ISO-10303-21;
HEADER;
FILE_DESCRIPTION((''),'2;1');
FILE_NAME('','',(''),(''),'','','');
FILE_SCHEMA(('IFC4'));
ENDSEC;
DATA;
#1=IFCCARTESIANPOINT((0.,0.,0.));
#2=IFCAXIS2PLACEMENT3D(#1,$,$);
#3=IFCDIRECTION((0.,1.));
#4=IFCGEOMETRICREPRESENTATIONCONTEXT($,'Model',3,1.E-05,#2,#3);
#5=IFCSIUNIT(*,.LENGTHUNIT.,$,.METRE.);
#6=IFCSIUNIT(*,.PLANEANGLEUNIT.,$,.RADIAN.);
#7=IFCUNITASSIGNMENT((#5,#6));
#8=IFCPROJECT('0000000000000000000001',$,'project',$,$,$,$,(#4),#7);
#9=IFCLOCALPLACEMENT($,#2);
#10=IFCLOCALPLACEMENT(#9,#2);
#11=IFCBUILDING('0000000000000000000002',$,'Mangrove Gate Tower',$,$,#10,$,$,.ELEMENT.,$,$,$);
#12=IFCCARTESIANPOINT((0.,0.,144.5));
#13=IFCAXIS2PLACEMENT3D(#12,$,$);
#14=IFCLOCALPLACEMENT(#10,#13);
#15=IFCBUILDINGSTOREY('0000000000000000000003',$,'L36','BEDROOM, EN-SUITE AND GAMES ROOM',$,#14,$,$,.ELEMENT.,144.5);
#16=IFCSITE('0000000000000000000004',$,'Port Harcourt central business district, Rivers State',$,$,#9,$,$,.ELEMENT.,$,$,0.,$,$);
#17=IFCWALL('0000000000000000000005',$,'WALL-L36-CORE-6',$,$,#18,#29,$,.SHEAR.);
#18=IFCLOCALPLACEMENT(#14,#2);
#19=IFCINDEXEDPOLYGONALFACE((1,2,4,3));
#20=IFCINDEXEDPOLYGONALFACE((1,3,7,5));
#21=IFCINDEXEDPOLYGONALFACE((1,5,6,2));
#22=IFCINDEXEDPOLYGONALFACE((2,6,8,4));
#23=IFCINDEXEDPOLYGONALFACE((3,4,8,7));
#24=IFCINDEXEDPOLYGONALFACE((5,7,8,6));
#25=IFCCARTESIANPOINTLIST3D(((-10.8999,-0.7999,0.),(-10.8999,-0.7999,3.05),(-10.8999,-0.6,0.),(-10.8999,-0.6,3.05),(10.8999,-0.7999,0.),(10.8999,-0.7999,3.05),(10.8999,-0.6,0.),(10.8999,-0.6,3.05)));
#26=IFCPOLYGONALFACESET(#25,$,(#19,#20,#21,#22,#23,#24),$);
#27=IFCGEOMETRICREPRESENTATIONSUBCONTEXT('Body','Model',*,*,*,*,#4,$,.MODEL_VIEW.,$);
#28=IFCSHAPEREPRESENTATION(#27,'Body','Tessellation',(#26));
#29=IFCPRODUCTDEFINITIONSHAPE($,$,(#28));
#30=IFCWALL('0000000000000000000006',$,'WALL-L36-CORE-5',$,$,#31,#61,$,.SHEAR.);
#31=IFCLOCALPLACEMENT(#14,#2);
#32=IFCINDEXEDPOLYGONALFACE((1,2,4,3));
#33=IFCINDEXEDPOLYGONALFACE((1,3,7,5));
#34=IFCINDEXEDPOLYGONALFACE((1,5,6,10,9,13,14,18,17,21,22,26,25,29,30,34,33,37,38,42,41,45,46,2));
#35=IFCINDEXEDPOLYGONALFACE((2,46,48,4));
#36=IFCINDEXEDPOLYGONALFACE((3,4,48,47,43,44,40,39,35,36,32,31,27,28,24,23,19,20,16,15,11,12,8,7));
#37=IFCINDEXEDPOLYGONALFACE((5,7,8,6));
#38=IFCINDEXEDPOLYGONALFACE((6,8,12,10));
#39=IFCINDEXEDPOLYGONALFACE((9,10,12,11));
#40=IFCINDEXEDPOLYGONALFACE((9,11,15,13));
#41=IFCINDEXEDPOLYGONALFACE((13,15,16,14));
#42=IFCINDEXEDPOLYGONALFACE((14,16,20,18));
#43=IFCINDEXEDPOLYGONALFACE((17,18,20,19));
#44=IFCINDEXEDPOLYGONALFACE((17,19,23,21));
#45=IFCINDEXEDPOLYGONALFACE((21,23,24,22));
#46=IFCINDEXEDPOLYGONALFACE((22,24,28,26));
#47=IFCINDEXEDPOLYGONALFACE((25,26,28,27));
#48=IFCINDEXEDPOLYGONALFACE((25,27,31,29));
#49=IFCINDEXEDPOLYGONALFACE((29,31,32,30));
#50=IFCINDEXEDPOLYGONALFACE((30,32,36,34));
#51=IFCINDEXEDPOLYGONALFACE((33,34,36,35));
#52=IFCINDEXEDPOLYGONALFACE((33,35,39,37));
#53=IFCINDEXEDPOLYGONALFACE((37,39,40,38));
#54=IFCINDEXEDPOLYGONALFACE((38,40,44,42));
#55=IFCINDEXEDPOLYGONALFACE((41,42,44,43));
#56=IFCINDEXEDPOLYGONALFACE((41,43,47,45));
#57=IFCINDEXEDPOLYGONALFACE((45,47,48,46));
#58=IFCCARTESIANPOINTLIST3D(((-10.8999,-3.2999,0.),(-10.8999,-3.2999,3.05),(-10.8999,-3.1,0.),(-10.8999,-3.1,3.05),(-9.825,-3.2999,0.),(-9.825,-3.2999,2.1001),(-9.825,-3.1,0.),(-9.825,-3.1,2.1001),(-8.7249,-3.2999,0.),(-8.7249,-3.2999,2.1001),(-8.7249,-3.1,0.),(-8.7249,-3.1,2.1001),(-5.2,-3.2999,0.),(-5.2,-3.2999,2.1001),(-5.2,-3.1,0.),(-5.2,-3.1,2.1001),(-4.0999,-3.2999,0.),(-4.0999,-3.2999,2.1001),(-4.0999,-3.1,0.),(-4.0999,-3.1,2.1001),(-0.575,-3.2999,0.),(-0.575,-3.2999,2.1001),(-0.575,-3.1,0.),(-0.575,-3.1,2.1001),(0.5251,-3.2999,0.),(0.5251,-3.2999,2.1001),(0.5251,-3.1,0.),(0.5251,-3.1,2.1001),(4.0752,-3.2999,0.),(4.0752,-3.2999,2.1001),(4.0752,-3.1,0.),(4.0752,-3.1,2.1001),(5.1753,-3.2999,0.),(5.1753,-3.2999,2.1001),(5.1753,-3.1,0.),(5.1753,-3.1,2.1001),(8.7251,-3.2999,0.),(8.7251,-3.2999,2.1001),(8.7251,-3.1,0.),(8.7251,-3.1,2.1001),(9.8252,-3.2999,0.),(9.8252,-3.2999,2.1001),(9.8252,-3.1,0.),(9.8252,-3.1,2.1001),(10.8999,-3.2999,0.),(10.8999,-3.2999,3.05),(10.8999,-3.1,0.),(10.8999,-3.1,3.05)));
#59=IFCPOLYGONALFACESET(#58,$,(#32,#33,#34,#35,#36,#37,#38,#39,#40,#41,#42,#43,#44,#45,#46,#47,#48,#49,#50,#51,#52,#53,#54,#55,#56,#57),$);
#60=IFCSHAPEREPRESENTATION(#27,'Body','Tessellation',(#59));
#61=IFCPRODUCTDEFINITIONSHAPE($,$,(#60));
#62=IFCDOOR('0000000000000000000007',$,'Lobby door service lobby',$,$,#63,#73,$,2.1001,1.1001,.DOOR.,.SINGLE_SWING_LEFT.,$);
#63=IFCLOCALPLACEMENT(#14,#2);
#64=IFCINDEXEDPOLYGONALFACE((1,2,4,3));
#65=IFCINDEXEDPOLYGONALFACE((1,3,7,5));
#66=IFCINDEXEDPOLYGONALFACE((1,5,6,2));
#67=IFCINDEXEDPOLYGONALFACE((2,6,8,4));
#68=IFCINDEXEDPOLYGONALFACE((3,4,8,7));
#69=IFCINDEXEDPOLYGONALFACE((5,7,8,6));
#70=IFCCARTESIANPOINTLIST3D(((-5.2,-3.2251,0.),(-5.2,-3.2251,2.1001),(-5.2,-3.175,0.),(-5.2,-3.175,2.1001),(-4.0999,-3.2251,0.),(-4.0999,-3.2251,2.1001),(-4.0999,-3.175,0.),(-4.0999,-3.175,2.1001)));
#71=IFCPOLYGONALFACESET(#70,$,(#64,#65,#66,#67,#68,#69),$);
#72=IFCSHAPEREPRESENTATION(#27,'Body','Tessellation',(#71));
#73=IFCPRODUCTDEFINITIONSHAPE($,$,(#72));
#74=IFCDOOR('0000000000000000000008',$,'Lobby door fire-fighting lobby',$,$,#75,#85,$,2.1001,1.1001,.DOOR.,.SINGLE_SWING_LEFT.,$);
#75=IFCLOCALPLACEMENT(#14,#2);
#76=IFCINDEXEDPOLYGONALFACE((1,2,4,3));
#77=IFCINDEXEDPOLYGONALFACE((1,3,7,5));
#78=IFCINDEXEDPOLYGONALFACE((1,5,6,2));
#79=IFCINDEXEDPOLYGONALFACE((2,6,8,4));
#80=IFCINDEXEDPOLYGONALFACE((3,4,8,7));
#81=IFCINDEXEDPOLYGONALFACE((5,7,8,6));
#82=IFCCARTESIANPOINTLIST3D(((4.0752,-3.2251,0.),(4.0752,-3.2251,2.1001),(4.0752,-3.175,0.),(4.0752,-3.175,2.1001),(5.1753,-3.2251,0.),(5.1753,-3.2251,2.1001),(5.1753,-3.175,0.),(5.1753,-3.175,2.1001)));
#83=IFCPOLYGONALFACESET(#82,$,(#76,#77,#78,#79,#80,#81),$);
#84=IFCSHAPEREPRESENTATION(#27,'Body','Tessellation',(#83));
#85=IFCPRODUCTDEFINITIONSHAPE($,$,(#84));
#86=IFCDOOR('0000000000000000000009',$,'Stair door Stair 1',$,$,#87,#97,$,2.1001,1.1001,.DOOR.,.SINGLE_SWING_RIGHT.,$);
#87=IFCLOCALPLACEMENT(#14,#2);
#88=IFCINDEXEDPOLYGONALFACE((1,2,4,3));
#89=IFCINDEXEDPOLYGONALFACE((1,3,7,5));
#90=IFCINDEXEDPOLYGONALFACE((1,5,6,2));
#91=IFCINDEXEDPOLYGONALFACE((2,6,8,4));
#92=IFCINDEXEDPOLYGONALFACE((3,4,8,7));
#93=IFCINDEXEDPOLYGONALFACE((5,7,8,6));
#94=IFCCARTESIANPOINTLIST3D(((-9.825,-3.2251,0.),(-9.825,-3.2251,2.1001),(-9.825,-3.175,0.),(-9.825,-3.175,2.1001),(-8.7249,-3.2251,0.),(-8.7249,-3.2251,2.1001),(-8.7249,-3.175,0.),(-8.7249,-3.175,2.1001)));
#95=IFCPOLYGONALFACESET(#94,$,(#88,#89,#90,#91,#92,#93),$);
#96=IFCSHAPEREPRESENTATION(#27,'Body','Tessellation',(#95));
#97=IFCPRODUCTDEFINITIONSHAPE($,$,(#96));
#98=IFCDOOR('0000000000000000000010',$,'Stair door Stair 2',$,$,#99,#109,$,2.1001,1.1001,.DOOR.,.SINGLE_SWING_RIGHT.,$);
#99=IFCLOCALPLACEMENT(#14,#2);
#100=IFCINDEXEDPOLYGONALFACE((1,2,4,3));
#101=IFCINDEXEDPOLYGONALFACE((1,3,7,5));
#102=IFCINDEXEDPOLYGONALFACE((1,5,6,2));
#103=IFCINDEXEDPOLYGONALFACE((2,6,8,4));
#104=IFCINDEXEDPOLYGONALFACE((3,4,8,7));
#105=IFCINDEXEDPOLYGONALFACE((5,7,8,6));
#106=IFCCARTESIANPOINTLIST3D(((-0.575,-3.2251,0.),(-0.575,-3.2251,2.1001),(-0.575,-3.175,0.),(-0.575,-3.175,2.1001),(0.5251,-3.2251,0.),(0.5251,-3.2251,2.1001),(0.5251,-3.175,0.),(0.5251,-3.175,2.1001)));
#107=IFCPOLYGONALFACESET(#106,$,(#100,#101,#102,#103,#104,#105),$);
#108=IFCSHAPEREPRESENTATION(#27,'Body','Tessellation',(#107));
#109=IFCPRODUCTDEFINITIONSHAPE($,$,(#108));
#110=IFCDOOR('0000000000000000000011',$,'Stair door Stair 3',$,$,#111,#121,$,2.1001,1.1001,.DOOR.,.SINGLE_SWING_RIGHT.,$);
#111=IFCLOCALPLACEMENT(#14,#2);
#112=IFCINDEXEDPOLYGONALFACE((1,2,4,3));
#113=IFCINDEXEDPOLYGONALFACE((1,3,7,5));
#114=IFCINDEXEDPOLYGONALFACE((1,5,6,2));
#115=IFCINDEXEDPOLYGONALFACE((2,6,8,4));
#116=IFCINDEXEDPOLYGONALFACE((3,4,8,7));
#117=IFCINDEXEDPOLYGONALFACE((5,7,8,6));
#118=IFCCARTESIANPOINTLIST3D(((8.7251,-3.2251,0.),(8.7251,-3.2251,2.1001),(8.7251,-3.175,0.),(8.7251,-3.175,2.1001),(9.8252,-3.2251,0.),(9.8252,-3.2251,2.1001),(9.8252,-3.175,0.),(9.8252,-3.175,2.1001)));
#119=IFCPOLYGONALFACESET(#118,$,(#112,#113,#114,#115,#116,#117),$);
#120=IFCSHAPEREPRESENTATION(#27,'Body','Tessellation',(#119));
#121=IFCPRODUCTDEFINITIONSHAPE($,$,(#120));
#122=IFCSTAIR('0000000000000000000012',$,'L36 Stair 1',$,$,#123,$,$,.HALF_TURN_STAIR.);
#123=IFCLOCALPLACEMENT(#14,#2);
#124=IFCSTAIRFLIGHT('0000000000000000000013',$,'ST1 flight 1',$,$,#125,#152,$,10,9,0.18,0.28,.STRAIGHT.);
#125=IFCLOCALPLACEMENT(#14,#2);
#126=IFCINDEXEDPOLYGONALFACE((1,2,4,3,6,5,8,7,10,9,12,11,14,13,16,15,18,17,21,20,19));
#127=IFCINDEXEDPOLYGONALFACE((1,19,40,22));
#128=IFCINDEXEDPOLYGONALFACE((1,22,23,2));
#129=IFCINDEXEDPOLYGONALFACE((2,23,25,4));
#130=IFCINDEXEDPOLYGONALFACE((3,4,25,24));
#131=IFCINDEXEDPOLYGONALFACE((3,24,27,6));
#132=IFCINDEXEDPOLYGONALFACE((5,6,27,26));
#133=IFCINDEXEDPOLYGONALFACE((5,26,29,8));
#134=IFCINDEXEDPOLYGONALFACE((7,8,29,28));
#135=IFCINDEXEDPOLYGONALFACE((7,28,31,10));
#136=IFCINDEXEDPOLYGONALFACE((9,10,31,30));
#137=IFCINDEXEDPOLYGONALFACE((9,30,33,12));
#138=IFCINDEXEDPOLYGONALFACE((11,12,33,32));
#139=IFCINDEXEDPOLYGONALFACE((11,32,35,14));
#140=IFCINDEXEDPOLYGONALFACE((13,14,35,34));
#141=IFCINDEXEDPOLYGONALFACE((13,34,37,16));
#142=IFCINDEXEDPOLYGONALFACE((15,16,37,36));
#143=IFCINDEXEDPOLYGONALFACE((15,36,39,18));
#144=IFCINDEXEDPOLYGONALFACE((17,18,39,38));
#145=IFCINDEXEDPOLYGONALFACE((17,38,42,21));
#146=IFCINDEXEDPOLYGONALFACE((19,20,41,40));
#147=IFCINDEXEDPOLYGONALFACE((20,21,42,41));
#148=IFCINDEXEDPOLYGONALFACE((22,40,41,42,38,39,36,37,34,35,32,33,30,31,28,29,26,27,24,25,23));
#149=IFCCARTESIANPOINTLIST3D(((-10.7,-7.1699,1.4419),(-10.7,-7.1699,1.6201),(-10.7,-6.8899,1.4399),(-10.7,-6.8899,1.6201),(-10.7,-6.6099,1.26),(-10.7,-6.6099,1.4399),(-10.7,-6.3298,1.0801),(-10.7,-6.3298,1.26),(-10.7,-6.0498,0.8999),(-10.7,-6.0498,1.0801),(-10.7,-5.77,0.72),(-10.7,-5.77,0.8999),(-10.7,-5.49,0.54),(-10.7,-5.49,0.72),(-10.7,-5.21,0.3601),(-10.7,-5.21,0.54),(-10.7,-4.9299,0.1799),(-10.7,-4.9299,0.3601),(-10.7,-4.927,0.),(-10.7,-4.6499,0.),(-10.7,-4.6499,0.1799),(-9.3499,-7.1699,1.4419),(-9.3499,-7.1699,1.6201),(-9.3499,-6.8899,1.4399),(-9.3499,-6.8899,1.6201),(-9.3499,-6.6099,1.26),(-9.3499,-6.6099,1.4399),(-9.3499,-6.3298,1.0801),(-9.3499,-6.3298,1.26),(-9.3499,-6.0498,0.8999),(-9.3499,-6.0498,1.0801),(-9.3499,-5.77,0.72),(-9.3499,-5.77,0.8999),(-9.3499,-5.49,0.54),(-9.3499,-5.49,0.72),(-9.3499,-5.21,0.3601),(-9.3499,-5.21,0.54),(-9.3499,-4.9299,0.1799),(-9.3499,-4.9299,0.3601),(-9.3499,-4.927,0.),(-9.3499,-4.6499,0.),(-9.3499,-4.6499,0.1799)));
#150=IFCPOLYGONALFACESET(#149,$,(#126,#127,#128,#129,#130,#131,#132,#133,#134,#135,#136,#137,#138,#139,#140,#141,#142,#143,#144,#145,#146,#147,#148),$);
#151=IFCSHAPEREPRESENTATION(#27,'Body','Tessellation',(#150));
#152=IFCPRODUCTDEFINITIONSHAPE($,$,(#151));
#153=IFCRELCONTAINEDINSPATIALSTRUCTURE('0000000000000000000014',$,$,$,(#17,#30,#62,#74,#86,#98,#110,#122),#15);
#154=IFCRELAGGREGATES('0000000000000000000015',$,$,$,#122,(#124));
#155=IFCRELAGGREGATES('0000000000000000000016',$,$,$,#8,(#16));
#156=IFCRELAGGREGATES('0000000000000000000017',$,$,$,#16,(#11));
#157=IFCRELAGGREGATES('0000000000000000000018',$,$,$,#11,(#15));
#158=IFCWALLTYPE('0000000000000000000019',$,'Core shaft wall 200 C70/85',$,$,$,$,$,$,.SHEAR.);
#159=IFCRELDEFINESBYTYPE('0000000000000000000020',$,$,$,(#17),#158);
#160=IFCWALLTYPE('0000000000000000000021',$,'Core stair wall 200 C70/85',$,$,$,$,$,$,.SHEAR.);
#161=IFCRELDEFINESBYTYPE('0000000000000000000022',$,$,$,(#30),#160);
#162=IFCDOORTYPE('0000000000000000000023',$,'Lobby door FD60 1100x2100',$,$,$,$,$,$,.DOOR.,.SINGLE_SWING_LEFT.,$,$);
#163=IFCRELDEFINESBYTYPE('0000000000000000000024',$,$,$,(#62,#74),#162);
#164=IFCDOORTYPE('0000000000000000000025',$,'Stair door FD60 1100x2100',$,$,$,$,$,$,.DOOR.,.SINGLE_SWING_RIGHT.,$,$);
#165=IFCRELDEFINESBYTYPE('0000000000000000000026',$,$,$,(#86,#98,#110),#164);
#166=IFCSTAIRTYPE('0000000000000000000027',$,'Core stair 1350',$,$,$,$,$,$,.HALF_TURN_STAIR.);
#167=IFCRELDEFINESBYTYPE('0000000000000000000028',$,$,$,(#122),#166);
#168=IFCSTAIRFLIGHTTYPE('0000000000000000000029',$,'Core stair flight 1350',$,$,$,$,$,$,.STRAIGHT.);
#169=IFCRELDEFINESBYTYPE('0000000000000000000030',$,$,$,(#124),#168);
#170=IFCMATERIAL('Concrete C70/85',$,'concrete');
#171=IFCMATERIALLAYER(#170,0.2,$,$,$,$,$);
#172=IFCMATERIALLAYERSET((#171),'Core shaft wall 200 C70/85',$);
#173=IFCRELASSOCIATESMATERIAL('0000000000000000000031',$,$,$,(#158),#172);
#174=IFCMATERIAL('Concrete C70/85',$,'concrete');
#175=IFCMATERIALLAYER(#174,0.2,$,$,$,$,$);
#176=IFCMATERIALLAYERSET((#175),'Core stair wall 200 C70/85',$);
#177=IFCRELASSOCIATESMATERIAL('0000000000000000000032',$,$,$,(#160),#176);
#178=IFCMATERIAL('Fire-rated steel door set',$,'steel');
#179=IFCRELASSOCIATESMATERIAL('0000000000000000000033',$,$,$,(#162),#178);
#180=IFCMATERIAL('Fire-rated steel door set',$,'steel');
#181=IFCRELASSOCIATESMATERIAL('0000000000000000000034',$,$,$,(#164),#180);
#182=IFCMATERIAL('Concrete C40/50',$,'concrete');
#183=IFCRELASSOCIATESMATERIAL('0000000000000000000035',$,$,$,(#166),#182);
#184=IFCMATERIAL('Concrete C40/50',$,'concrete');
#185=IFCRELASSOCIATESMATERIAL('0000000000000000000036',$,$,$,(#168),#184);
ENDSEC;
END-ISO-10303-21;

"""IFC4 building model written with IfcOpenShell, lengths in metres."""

from ifc_helpers import new_model, si_unit, direction, frame, frame_2d, origin, place, context, subcontext, project, spatial, polyline, rectangle, outline, extrude, material, layer, layer_set, type_object, element, fill, aggregate, save


model = new_model("IFC4")

# Units and contexts
model_context = context("Model", 3, precision=1e-05, world=origin(), true_north=direction((0.0, 1.0)))
body_context = subcontext(model_context, "Body", "Model", "MODEL_VIEW")
ifc_project = project(units=[si_unit("LENGTHUNIT", "METRE"), si_unit("PLANEANGLEUNIT", "RADIAN")], contexts=[model_context])

# Site, building, storey
site_placement = place(None, origin())
site = spatial("IfcSite", under=ifc_project, at=site_placement, Name="Port Harcourt central business district, Rivers State", CompositionType="ELEMENT", RefElevation=0.0)
building_placement = place(site_placement, origin())
building = spatial("IfcBuilding", under=site, at=building_placement, Name="Mangrove Gate Tower", CompositionType="ELEMENT")
storey_placement = place(building_placement, frame((0.0, 0.0, 144.5)))
storey = spatial("IfcBuildingStorey", under=building, at=storey_placement, Name="L36", Description="BEDROOM, EN-SUITE AND GAMES ROOM", CompositionType="ELEMENT", Elevation=144.5)

# Wall
ifc_material_1 = material(Name="Concrete C70/85", Category="concrete")
ifc_layer_1 = layer(ifc_material_1, 0.2)
ifc_layer_set_1 = layer_set([ifc_layer_1], Name="Core shaft wall 200 C70/85")
wall_type_1 = type_object("IfcWallType", Name="Core shaft wall 200 C70/85", PredefinedType="SHEAR", material=ifc_layer_set_1)
wall_1_placement = place(storey_placement, frame((-10.8999, -0.7, 0.0), z_axis=(0.0, 0.0, 1.0), x_axis=(1.0, 0.0, 0.0)))
element("IfcWall", 1, at=wall_1_placement, inside=storey, type_object=wall_type_1, Name="WALL-L36-CORE-6", PredefinedType="SHEAR", context=body_context, shape_type="SweptSolid", body=[
    extrude(rectangle(XDim=21.7998, YDim=0.2, at=frame_2d((10.8999, 0.0))), origin(), (0.0, 0.0, 1.0), 3.05),
])

# Wall, openings, doors
ifc_material_2 = material(Name="Concrete C70/85", Category="concrete")
ifc_layer_2 = layer(ifc_material_2, 0.2)
ifc_layer_set_2 = layer_set([ifc_layer_2], Name="Core stair wall 200 C70/85")
wall_type_2 = type_object("IfcWallType", Name="Core stair wall 200 C70/85", PredefinedType="SHEAR", material=ifc_layer_set_2)
wall_2_placement = place(storey_placement, frame((-10.8999, -3.2, 0.0), z_axis=(0.0, 0.0, 1.0), x_axis=(1.0, 0.0, 0.0)))
wall_2 = element("IfcWall", 2, at=wall_2_placement, inside=storey, type_object=wall_type_2, Name="WALL-L36-CORE-5", PredefinedType="SHEAR", context=body_context, shape_type="SweptSolid", body=[
    extrude(rectangle(XDim=21.7998, YDim=0.2, at=frame_2d((10.8999, 0.0))), origin(), (0.0, 0.0, 1.0), 3.05),
])
opening_1_placement = place(wall_2_placement, frame((1.075, 0.0, 0.0)))
opening_1 = element("IfcOpeningElement", 3, at=opening_1_placement, cuts=wall_2, PredefinedType="OPENING", context=body_context, shape_type="SweptSolid", body=[
    extrude(rectangle(XDim=1.1001, YDim=2.1001, at=frame_2d((0.55, 1.05))), frame((0.0, 0.1099, 0.0), z_axis=(0.0, -1.0, 0.0), x_axis=(1.0, 0.0, 0.0)), (0.0, 0.0, 1.0), 0.22),
])
opening_2_placement = place(wall_2_placement, frame((10.325, 0.0, 0.0)))
opening_2 = element("IfcOpeningElement", 4, at=opening_2_placement, cuts=wall_2, PredefinedType="OPENING", context=body_context, shape_type="SweptSolid", body=[
    extrude(rectangle(XDim=1.1001, YDim=2.1001, at=frame_2d((0.55, 1.05))), frame((0.0, 0.1099, 0.0), z_axis=(0.0, -1.0, 0.0), x_axis=(1.0, 0.0, 0.0)), (0.0, 0.0, 1.0), 0.22),
])
opening_3_placement = place(wall_2_placement, frame((19.625, 0.0, 0.0)))
opening_3 = element("IfcOpeningElement", 5, at=opening_3_placement, cuts=wall_2, PredefinedType="OPENING", context=body_context, shape_type="SweptSolid", body=[
    extrude(rectangle(XDim=1.1001, YDim=2.1001, at=frame_2d((0.55, 1.05))), frame((0.0, 0.1099, 0.0), z_axis=(0.0, -1.0, 0.0), x_axis=(1.0, 0.0, 0.0)), (0.0, 0.0, 1.0), 0.22),
])
opening_4_placement = place(wall_2_placement, frame((5.7, 0.0, 0.0)))
opening_4 = element("IfcOpeningElement", 6, at=opening_4_placement, cuts=wall_2, PredefinedType="OPENING", context=body_context, shape_type="SweptSolid", body=[
    extrude(rectangle(XDim=1.1001, YDim=2.1001, at=frame_2d((0.55, 1.05))), frame((0.0, 0.1099, 0.0), z_axis=(0.0, -1.0, 0.0), x_axis=(1.0, 0.0, 0.0)), (0.0, 0.0, 1.0), 0.22),
])
opening_5_placement = place(wall_2_placement, frame((14.9751, 0.0, 0.0)))
opening_5 = element("IfcOpeningElement", 7, at=opening_5_placement, cuts=wall_2, PredefinedType="OPENING", context=body_context, shape_type="SweptSolid", body=[
    extrude(rectangle(XDim=1.1001, YDim=2.1001, at=frame_2d((0.55, 1.05))), frame((0.0, 0.1099, 0.0), z_axis=(0.0, -1.0, 0.0), x_axis=(1.0, 0.0, 0.0)), (0.0, 0.0, 1.0), 0.22),
])
ifc_material_3 = material(Name="Fire-rated steel door set", Category="steel")
door_type_1 = type_object("IfcDoorType", Name="Lobby door FD60 1100x2100", OperationType="SINGLE_SWING_LEFT", PredefinedType="DOOR", material=ifc_material_3)
door_1_placement = place(opening_4_placement, origin())
door_1 = element("IfcDoor", 8, at=door_1_placement, inside=storey, type_object=door_type_1, Name="Lobby door service lobby", OperationType="SINGLE_SWING_LEFT", OverallHeight=2.1001, OverallWidth=1.1001, PredefinedType="DOOR", context=body_context, shape_type="SweptSolid", body=[
    extrude(rectangle(XDim=1.1001, YDim=2.1001, at=frame_2d((0.55, 1.05))), frame((0.0, 0.0249, 0.0), z_axis=(0.0, -1.0, 0.0), x_axis=(1.0, 0.0, 0.0)), (0.0, 0.0, 1.0), 0.05),
])
fill(opening_4, door_1)
door_2_placement = place(opening_5_placement, origin())
door_2 = element("IfcDoor", 9, at=door_2_placement, inside=storey, type_object=door_type_1, Name="Lobby door fire-fighting lobby", OperationType="SINGLE_SWING_LEFT", OverallHeight=2.1001, OverallWidth=1.1001, PredefinedType="DOOR", context=body_context, shape_type="SweptSolid", body=[
    extrude(rectangle(XDim=1.1001, YDim=2.1001, at=frame_2d((0.55, 1.05))), frame((0.0, 0.0249, 0.0), z_axis=(0.0, -1.0, 0.0), x_axis=(1.0, 0.0, 0.0)), (0.0, 0.0, 1.0), 0.05),
])
fill(opening_5, door_2)
ifc_material_4 = material(Name="Fire-rated steel door set", Category="steel")
door_type_2 = type_object("IfcDoorType", Name="Stair door FD60 1100x2100", OperationType="SINGLE_SWING_RIGHT", PredefinedType="DOOR", material=ifc_material_4)
door_3_placement = place(opening_1_placement, origin())
door_3 = element("IfcDoor", 10, at=door_3_placement, inside=storey, type_object=door_type_2, Name="Stair door Stair 1", OperationType="SINGLE_SWING_RIGHT", OverallHeight=2.1001, OverallWidth=1.1001, PredefinedType="DOOR", context=body_context, shape_type="SweptSolid", body=[
    extrude(rectangle(XDim=1.1001, YDim=2.1001, at=frame_2d((0.55, 1.05))), frame((0.0, 0.0249, 0.0), z_axis=(0.0, -1.0, 0.0), x_axis=(1.0, 0.0, 0.0)), (0.0, 0.0, 1.0), 0.05),
])
fill(opening_1, door_3)
door_4_placement = place(opening_2_placement, origin())
door_4 = element("IfcDoor", 11, at=door_4_placement, inside=storey, type_object=door_type_2, Name="Stair door Stair 2", OperationType="SINGLE_SWING_RIGHT", OverallHeight=2.1001, OverallWidth=1.1001, PredefinedType="DOOR", context=body_context, shape_type="SweptSolid", body=[
    extrude(rectangle(XDim=1.1001, YDim=2.1001, at=frame_2d((0.55, 1.05))), frame((0.0, 0.0249, 0.0), z_axis=(0.0, -1.0, 0.0), x_axis=(1.0, 0.0, 0.0)), (0.0, 0.0, 1.0), 0.05),
])
fill(opening_2, door_4)
door_5_placement = place(opening_3_placement, origin())
door_5 = element("IfcDoor", 12, at=door_5_placement, inside=storey, type_object=door_type_2, Name="Stair door Stair 3", OperationType="SINGLE_SWING_RIGHT", OverallHeight=2.1001, OverallWidth=1.1001, PredefinedType="DOOR", context=body_context, shape_type="SweptSolid", body=[
    extrude(rectangle(XDim=1.1001, YDim=2.1001, at=frame_2d((0.55, 1.05))), frame((0.0, 0.0249, 0.0), z_axis=(0.0, -1.0, 0.0), x_axis=(1.0, 0.0, 0.0)), (0.0, 0.0, 1.0), 0.05),
])
fill(opening_3, door_5)

# Stair, stair flight
ifc_material_5 = material(Name="Concrete C40/50", Category="concrete")
stair_type = type_object("IfcStairType", Name="Core stair 1350", PredefinedType="HALF_TURN_STAIR", material=ifc_material_5)
stair_1_placement = place(storey_placement, origin())
stair_1 = element("IfcStair", 13, at=stair_1_placement, inside=storey, type_object=stair_type, Name="L36 Stair 1", PredefinedType="HALF_TURN_STAIR")
ifc_material_6 = material(Name="Concrete C40/50", Category="concrete")
stair_flight_type = type_object("IfcStairFlightType", Name="Core stair flight 1350", PredefinedType="STRAIGHT", material=ifc_material_6)
stair_flight_1_placement = place(storey_placement, frame((-10.0249, -4.6499, 0.0), z_axis=(0.0, 0.0, 1.0), x_axis=(0.0, -1.0, 0.0)))
stair_flight_1 = element("IfcStairFlight", 14, at=stair_flight_1_placement, type_object=stair_flight_type, Name="ST1 flight 1", NumberOfRisers=10, NumberOfTreads=9, PredefinedType="STRAIGHT", RiserHeight=0.18, TreadLength=0.28, context=body_context, shape_type="SweptSolid", body=[
    extrude(outline(polyline([(0.0, 0.0), (0.0, 0.1799), (0.28, 0.1799), (0.28, 0.3601), (0.5601, 0.3601), (0.5601, 0.54), (0.8401, 0.54), (0.8401, 0.72), (1.1201, 0.72), (1.1201, 0.8999), (1.3999, 0.8999), (1.3999, 1.0801), (1.6799, 1.0801), (1.6799, 1.26), (1.96, 1.26), (1.96, 1.4399), (2.24, 1.4399), (2.24, 1.6201), (2.52, 1.6201), (2.52, 1.8), (2.52, 1.4419), (0.2771, 0.0), (0.0, 0.0)])), frame((0.0, 0.675, 0.0), z_axis=(0.0, -1.0, 0.0), x_axis=(1.0, 0.0, 0.0)), (0.0, 0.0, 1.0), 1.3501),
])
aggregate(stair_1, [stair_flight_1])

save(model, "model.ifc")
